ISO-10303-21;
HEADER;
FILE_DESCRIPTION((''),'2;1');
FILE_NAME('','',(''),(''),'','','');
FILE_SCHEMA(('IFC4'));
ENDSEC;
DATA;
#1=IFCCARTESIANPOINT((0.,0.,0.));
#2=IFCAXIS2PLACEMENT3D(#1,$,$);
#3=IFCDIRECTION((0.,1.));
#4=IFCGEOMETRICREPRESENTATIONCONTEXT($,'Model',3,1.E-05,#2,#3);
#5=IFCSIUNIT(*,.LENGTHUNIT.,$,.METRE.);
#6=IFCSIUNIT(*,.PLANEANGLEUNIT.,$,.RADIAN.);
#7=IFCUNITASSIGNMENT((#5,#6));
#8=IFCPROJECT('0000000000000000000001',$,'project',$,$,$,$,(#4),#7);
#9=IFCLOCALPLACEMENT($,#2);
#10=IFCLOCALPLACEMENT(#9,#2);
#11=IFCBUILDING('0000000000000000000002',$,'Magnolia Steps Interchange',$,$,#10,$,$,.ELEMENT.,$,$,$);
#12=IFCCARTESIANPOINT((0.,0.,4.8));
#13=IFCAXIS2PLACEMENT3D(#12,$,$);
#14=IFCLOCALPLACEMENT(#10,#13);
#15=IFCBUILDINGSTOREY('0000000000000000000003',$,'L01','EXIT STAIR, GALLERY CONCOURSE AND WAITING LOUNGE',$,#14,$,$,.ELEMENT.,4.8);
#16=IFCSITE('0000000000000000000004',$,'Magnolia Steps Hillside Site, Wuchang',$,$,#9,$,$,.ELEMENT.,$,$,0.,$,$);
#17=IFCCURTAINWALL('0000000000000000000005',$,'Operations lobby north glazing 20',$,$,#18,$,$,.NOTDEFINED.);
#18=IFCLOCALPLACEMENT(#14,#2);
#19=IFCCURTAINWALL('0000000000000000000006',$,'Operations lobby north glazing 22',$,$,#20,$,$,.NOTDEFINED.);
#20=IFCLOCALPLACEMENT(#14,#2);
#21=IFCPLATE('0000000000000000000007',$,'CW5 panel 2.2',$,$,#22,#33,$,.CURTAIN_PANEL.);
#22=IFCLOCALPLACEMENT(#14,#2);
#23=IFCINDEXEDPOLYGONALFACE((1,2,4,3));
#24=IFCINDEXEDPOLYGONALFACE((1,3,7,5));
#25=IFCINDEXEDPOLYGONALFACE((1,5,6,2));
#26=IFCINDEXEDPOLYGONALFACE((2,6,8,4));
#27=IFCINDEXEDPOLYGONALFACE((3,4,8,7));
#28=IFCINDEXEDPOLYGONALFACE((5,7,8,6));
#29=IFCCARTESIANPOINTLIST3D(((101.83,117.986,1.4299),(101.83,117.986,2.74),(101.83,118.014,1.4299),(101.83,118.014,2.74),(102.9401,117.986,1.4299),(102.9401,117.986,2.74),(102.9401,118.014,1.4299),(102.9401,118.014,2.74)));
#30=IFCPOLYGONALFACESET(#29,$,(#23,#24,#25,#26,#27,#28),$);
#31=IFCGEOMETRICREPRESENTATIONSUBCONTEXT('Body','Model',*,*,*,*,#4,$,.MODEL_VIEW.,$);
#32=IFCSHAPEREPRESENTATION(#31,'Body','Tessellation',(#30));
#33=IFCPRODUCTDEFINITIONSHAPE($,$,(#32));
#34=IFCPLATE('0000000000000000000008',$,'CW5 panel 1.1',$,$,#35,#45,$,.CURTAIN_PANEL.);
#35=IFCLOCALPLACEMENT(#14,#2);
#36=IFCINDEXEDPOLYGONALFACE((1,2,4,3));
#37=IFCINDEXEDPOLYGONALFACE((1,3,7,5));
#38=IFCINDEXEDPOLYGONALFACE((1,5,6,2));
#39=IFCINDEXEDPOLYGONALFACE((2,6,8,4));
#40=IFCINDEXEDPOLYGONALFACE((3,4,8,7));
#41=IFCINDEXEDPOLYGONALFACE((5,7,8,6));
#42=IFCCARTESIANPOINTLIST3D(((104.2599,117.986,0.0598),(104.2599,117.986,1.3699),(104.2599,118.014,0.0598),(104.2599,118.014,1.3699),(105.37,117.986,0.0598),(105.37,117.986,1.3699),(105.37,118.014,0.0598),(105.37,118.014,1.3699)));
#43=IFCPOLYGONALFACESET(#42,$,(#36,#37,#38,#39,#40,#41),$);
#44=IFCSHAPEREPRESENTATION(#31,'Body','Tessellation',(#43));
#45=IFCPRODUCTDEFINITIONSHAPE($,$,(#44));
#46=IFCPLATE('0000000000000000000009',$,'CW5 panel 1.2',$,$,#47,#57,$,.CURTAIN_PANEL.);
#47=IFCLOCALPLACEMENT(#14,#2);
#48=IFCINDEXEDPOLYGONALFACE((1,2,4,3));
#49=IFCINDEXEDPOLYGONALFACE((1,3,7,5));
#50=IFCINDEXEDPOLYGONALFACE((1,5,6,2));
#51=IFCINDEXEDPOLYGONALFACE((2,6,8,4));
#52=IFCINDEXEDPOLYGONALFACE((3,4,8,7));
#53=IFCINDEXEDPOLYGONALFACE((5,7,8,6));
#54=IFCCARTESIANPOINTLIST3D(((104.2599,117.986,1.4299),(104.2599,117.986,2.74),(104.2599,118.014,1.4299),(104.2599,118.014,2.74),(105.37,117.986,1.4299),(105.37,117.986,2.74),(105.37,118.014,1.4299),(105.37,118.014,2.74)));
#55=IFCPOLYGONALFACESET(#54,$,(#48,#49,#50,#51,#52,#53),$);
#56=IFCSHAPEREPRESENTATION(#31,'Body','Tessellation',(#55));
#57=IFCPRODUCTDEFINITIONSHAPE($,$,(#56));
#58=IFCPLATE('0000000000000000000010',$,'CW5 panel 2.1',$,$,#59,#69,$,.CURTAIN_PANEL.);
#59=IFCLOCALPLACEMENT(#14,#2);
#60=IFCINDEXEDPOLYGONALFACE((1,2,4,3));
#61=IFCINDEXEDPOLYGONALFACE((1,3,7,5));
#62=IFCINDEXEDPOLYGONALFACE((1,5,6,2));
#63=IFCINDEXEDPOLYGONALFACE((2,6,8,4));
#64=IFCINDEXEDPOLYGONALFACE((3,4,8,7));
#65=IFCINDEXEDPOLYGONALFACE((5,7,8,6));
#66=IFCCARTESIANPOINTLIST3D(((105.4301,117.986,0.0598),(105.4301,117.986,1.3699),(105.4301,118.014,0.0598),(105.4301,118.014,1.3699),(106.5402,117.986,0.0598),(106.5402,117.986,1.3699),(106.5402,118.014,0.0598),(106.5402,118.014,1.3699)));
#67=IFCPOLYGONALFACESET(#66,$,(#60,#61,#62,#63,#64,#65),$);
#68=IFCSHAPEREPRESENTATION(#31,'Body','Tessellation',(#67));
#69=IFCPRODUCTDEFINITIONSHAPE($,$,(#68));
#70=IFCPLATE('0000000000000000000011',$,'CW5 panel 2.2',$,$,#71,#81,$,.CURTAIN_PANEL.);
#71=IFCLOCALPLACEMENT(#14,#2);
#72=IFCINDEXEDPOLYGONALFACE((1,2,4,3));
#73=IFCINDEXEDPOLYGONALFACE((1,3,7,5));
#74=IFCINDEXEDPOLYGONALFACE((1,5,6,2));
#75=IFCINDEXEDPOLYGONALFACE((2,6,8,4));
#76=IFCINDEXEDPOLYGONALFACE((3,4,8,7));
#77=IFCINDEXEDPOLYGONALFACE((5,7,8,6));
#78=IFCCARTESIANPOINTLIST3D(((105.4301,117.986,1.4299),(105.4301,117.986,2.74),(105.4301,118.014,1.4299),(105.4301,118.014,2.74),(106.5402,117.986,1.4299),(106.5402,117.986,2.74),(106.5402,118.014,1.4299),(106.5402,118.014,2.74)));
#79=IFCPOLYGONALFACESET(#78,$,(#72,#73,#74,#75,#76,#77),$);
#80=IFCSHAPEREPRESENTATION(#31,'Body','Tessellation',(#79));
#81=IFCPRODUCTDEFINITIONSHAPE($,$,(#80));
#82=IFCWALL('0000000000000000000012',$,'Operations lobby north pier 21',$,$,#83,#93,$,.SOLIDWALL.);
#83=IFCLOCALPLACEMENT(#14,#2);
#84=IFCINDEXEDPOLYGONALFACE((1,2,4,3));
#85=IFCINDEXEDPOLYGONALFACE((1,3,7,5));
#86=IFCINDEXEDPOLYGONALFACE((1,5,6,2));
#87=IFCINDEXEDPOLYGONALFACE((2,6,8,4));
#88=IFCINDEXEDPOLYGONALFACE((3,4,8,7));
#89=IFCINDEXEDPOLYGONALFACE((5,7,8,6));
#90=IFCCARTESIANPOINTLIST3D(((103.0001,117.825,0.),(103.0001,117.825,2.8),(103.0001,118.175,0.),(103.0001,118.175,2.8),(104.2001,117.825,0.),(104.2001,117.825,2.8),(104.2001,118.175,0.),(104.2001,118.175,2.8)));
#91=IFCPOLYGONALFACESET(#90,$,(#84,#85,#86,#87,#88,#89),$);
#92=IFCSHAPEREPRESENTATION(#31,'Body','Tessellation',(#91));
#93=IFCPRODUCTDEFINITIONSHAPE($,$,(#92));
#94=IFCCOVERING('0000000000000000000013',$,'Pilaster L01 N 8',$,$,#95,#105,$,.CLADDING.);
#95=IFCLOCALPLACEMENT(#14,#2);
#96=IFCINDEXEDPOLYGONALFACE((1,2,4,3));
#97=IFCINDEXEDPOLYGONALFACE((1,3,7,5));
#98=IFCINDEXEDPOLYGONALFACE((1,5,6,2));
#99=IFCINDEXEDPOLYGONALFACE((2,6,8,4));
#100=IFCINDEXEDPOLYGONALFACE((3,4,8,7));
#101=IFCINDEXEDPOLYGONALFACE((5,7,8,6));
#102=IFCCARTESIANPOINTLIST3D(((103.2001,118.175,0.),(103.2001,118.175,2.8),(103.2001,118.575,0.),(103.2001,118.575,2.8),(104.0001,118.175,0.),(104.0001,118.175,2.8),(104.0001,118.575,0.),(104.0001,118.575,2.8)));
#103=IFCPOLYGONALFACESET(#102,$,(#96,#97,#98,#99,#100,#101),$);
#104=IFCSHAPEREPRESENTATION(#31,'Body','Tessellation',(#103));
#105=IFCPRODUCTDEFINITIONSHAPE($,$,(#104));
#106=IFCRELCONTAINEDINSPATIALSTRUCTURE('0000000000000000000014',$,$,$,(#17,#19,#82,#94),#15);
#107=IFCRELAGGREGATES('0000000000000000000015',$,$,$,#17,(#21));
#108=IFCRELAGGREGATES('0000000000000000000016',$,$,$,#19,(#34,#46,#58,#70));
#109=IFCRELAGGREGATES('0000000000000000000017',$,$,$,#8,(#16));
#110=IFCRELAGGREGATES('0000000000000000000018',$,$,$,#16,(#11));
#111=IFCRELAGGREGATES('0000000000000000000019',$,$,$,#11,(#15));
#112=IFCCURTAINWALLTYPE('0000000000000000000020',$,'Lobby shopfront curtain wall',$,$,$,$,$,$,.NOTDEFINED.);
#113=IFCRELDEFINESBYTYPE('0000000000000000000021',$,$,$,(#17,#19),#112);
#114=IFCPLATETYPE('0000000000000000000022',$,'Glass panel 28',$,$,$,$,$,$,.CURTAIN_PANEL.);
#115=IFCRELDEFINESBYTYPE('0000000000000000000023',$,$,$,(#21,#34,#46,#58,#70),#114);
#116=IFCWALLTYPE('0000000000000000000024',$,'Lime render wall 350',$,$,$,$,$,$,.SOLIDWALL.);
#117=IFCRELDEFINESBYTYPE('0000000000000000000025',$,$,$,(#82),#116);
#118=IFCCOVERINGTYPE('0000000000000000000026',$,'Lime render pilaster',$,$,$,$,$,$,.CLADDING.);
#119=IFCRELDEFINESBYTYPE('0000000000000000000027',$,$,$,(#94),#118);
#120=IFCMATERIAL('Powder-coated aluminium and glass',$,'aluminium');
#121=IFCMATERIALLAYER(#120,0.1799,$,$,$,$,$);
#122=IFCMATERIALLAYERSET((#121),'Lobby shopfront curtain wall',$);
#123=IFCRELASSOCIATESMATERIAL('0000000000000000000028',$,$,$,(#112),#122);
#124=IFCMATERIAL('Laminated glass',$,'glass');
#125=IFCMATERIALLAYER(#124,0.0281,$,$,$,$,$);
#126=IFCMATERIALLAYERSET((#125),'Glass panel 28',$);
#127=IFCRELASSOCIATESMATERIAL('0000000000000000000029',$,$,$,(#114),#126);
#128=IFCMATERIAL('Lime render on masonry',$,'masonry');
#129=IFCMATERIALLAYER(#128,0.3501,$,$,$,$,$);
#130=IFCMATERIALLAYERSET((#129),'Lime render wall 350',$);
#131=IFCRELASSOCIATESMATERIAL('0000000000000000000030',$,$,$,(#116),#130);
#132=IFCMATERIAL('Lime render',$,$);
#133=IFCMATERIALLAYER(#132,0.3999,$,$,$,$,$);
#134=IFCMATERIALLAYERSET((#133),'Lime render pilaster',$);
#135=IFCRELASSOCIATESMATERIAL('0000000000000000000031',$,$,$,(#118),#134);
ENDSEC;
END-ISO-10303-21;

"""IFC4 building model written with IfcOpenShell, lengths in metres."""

from ifc_helpers import new_model, si_unit, direction, frame, frame_2d, origin, origin_2d, place, context, subcontext, project, spatial, rectangle, extrude, material, layer, layer_set, type_object, element, aggregate, save


model = new_model("IFC4")

# Units and contexts
model_context = context("Model", 3, precision=1e-05, world=origin(), true_north=direction((0.0, 1.0)))
body_context = subcontext(model_context, "Body", "Model", "MODEL_VIEW")
ifc_project = project(units=[si_unit("LENGTHUNIT", "METRE"), si_unit("PLANEANGLEUNIT", "RADIAN")], contexts=[model_context])

# Site, building, storey
site_placement = place(None, origin())
site = spatial("IfcSite", under=ifc_project, at=site_placement, Name="Magnolia Steps Hillside Site, Wuchang", CompositionType="ELEMENT", RefElevation=0.0)
building_placement = place(site_placement, origin())
building = spatial("IfcBuilding", under=site, at=building_placement, Name="Magnolia Steps Interchange", CompositionType="ELEMENT")
storey_placement = place(building_placement, frame((0.0, 0.0, 4.8)))
storey = spatial("IfcBuildingStorey", under=building, at=storey_placement, Name="L01", Description="EXIT STAIR, GALLERY CONCOURSE AND WAITING LOUNGE", CompositionType="ELEMENT", Elevation=4.8)

# Curtain walls
ifc_material_1 = material(Name="Powder-coated aluminium and glass", Category="aluminium")
ifc_layer_1 = layer(ifc_material_1, 0.1799)
ifc_layer_set_1 = layer_set([ifc_layer_1], Name="Lobby shopfront curtain wall")
curtain_wall_type = type_object("IfcCurtainWallType", Name="Lobby shopfront curtain wall", PredefinedType="NOTDEFINED", material=ifc_layer_set_1)
curtain_wall_1_placement = place(storey_placement, origin())
curtain_wall_1 = element("IfcCurtainWall", 1, at=curtain_wall_1_placement, inside=storey, type_object=curtain_wall_type, Name="Operations lobby north glazing 20", PredefinedType="NOTDEFINED")
curtain_wall_2_placement = place(storey_placement, origin())
curtain_wall_2 = element("IfcCurtainWall", 2, at=curtain_wall_2_placement, inside=storey, type_object=curtain_wall_type, Name="Operations lobby north glazing 22", PredefinedType="NOTDEFINED")

# Plates
ifc_material_2 = material(Name="Laminated glass", Category="glass")
ifc_layer_2 = layer(ifc_material_2, 0.0281)
ifc_layer_set_2 = layer_set([ifc_layer_2], Name="Glass panel 28")
plate_type = type_object("IfcPlateType", Name="Glass panel 28", PredefinedType="CURTAIN_PANEL", material=ifc_layer_set_2)
plate_1_placement = place(storey_placement, frame((102.385, 118.0, 1.4299), z_axis=(0.0, 0.0, 1.0), x_axis=(1.0, 0.0, 0.0)))
plate_1 = element("IfcPlate", 3, at=plate_1_placement, type_object=plate_type, Name="CW5 panel 2.2", PredefinedType="CURTAIN_PANEL", context=body_context, shape_type="SweptSolid", body=[
    extrude(rectangle(XDim=1.1101, YDim=0.0281, at=origin_2d()), origin(), (0.0, 0.0, 1.0), 1.3101),
])
aggregate(curtain_wall_1, [plate_1])
plate_2_placement = place(storey_placement, frame((104.8149, 118.0, 0.0598), z_axis=(0.0, 0.0, 1.0), x_axis=(1.0, 0.0, 0.0)))
plate_2 = element("IfcPlate", 4, at=plate_2_placement, type_object=plate_type, Name="CW5 panel 1.1", PredefinedType="CURTAIN_PANEL", context=body_context, shape_type="SweptSolid", body=[
    extrude(rectangle(XDim=1.1101, YDim=0.0281, at=origin_2d()), origin(), (0.0, 0.0, 1.0), 1.3101),
])
plate_3_placement = place(storey_placement, frame((104.8149, 118.0, 1.4299), z_axis=(0.0, 0.0, 1.0), x_axis=(1.0, 0.0, 0.0)))
plate_3 = element("IfcPlate", 5, at=plate_3_placement, type_object=plate_type, Name="CW5 panel 1.2", PredefinedType="CURTAIN_PANEL", context=body_context, shape_type="SweptSolid", body=[
    extrude(rectangle(XDim=1.1101, YDim=0.0281, at=origin_2d()), origin(), (0.0, 0.0, 1.0), 1.3101),
])
plate_4_placement = place(storey_placement, frame((105.9851, 118.0, 0.0598), z_axis=(0.0, 0.0, 1.0), x_axis=(1.0, 0.0, 0.0)))
plate_4 = element("IfcPlate", 6, at=plate_4_placement, type_object=plate_type, Name="CW5 panel 2.1", PredefinedType="CURTAIN_PANEL", context=body_context, shape_type="SweptSolid", body=[
    extrude(rectangle(XDim=1.1101, YDim=0.0281, at=origin_2d()), origin(), (0.0, 0.0, 1.0), 1.3101),
])
plate_5_placement = place(storey_placement, frame((105.9851, 118.0, 1.4299), z_axis=(0.0, 0.0, 1.0), x_axis=(1.0, 0.0, 0.0)))
plate_5 = element("IfcPlate", 7, at=plate_5_placement, type_object=plate_type, Name="CW5 panel 2.2", PredefinedType="CURTAIN_PANEL", context=body_context, shape_type="SweptSolid", body=[
    extrude(rectangle(XDim=1.1101, YDim=0.0281, at=origin_2d()), origin(), (0.0, 0.0, 1.0), 1.3101),
])
aggregate(curtain_wall_2, [plate_2, plate_3, plate_4, plate_5])

# Wall
ifc_material_3 = material(Name="Lime render on masonry", Category="masonry")
ifc_layer_3 = layer(ifc_material_3, 0.3501)
ifc_layer_set_3 = layer_set([ifc_layer_3], Name="Lime render wall 350")
wall_type = type_object("IfcWallType", Name="Lime render wall 350", PredefinedType="SOLIDWALL", material=ifc_layer_set_3)
wall_placement = place(storey_placement, frame((103.0, 118.0, 0.0), z_axis=(0.0, 0.0, 1.0), x_axis=(1.0, 0.0, 0.0)))
element("IfcWall", 8, at=wall_placement, inside=storey, type_object=wall_type, Name="Operations lobby north pier 21", PredefinedType="SOLIDWALL", context=body_context, shape_type="SweptSolid", body=[
    extrude(rectangle(XDim=1.2, YDim=0.3501, at=frame_2d((0.6001, 0.0))), origin(), (0.0, 0.0, 1.0), 2.8),
])

# Covering
ifc_material_4 = material(Name="Lime render")
ifc_layer_4 = layer(ifc_material_4, 0.3999)
ifc_layer_set_4 = layer_set([ifc_layer_4], Name="Lime render pilaster")
covering_type_1 = type_object("IfcCoveringType", Name="Lime render pilaster", PredefinedType="CLADDING", material=ifc_layer_set_4)
covering_1_placement = place(storey_placement, frame((103.6001, 118.375, 0.0), z_axis=(0.0, 0.0, 1.0), x_axis=(1.0, 0.0, 0.0)))
element("IfcCovering", 9, at=covering_1_placement, inside=storey, type_object=covering_type_1, Name="Pilaster L01 N 8", PredefinedType="CLADDING", context=body_context, shape_type="SweptSolid", body=[
    extrude(rectangle(XDim=0.8, YDim=0.3999, at=origin_2d()), origin(), (0.0, 0.0, 1.0), 2.8),
])

save(model, "model.ifc")
